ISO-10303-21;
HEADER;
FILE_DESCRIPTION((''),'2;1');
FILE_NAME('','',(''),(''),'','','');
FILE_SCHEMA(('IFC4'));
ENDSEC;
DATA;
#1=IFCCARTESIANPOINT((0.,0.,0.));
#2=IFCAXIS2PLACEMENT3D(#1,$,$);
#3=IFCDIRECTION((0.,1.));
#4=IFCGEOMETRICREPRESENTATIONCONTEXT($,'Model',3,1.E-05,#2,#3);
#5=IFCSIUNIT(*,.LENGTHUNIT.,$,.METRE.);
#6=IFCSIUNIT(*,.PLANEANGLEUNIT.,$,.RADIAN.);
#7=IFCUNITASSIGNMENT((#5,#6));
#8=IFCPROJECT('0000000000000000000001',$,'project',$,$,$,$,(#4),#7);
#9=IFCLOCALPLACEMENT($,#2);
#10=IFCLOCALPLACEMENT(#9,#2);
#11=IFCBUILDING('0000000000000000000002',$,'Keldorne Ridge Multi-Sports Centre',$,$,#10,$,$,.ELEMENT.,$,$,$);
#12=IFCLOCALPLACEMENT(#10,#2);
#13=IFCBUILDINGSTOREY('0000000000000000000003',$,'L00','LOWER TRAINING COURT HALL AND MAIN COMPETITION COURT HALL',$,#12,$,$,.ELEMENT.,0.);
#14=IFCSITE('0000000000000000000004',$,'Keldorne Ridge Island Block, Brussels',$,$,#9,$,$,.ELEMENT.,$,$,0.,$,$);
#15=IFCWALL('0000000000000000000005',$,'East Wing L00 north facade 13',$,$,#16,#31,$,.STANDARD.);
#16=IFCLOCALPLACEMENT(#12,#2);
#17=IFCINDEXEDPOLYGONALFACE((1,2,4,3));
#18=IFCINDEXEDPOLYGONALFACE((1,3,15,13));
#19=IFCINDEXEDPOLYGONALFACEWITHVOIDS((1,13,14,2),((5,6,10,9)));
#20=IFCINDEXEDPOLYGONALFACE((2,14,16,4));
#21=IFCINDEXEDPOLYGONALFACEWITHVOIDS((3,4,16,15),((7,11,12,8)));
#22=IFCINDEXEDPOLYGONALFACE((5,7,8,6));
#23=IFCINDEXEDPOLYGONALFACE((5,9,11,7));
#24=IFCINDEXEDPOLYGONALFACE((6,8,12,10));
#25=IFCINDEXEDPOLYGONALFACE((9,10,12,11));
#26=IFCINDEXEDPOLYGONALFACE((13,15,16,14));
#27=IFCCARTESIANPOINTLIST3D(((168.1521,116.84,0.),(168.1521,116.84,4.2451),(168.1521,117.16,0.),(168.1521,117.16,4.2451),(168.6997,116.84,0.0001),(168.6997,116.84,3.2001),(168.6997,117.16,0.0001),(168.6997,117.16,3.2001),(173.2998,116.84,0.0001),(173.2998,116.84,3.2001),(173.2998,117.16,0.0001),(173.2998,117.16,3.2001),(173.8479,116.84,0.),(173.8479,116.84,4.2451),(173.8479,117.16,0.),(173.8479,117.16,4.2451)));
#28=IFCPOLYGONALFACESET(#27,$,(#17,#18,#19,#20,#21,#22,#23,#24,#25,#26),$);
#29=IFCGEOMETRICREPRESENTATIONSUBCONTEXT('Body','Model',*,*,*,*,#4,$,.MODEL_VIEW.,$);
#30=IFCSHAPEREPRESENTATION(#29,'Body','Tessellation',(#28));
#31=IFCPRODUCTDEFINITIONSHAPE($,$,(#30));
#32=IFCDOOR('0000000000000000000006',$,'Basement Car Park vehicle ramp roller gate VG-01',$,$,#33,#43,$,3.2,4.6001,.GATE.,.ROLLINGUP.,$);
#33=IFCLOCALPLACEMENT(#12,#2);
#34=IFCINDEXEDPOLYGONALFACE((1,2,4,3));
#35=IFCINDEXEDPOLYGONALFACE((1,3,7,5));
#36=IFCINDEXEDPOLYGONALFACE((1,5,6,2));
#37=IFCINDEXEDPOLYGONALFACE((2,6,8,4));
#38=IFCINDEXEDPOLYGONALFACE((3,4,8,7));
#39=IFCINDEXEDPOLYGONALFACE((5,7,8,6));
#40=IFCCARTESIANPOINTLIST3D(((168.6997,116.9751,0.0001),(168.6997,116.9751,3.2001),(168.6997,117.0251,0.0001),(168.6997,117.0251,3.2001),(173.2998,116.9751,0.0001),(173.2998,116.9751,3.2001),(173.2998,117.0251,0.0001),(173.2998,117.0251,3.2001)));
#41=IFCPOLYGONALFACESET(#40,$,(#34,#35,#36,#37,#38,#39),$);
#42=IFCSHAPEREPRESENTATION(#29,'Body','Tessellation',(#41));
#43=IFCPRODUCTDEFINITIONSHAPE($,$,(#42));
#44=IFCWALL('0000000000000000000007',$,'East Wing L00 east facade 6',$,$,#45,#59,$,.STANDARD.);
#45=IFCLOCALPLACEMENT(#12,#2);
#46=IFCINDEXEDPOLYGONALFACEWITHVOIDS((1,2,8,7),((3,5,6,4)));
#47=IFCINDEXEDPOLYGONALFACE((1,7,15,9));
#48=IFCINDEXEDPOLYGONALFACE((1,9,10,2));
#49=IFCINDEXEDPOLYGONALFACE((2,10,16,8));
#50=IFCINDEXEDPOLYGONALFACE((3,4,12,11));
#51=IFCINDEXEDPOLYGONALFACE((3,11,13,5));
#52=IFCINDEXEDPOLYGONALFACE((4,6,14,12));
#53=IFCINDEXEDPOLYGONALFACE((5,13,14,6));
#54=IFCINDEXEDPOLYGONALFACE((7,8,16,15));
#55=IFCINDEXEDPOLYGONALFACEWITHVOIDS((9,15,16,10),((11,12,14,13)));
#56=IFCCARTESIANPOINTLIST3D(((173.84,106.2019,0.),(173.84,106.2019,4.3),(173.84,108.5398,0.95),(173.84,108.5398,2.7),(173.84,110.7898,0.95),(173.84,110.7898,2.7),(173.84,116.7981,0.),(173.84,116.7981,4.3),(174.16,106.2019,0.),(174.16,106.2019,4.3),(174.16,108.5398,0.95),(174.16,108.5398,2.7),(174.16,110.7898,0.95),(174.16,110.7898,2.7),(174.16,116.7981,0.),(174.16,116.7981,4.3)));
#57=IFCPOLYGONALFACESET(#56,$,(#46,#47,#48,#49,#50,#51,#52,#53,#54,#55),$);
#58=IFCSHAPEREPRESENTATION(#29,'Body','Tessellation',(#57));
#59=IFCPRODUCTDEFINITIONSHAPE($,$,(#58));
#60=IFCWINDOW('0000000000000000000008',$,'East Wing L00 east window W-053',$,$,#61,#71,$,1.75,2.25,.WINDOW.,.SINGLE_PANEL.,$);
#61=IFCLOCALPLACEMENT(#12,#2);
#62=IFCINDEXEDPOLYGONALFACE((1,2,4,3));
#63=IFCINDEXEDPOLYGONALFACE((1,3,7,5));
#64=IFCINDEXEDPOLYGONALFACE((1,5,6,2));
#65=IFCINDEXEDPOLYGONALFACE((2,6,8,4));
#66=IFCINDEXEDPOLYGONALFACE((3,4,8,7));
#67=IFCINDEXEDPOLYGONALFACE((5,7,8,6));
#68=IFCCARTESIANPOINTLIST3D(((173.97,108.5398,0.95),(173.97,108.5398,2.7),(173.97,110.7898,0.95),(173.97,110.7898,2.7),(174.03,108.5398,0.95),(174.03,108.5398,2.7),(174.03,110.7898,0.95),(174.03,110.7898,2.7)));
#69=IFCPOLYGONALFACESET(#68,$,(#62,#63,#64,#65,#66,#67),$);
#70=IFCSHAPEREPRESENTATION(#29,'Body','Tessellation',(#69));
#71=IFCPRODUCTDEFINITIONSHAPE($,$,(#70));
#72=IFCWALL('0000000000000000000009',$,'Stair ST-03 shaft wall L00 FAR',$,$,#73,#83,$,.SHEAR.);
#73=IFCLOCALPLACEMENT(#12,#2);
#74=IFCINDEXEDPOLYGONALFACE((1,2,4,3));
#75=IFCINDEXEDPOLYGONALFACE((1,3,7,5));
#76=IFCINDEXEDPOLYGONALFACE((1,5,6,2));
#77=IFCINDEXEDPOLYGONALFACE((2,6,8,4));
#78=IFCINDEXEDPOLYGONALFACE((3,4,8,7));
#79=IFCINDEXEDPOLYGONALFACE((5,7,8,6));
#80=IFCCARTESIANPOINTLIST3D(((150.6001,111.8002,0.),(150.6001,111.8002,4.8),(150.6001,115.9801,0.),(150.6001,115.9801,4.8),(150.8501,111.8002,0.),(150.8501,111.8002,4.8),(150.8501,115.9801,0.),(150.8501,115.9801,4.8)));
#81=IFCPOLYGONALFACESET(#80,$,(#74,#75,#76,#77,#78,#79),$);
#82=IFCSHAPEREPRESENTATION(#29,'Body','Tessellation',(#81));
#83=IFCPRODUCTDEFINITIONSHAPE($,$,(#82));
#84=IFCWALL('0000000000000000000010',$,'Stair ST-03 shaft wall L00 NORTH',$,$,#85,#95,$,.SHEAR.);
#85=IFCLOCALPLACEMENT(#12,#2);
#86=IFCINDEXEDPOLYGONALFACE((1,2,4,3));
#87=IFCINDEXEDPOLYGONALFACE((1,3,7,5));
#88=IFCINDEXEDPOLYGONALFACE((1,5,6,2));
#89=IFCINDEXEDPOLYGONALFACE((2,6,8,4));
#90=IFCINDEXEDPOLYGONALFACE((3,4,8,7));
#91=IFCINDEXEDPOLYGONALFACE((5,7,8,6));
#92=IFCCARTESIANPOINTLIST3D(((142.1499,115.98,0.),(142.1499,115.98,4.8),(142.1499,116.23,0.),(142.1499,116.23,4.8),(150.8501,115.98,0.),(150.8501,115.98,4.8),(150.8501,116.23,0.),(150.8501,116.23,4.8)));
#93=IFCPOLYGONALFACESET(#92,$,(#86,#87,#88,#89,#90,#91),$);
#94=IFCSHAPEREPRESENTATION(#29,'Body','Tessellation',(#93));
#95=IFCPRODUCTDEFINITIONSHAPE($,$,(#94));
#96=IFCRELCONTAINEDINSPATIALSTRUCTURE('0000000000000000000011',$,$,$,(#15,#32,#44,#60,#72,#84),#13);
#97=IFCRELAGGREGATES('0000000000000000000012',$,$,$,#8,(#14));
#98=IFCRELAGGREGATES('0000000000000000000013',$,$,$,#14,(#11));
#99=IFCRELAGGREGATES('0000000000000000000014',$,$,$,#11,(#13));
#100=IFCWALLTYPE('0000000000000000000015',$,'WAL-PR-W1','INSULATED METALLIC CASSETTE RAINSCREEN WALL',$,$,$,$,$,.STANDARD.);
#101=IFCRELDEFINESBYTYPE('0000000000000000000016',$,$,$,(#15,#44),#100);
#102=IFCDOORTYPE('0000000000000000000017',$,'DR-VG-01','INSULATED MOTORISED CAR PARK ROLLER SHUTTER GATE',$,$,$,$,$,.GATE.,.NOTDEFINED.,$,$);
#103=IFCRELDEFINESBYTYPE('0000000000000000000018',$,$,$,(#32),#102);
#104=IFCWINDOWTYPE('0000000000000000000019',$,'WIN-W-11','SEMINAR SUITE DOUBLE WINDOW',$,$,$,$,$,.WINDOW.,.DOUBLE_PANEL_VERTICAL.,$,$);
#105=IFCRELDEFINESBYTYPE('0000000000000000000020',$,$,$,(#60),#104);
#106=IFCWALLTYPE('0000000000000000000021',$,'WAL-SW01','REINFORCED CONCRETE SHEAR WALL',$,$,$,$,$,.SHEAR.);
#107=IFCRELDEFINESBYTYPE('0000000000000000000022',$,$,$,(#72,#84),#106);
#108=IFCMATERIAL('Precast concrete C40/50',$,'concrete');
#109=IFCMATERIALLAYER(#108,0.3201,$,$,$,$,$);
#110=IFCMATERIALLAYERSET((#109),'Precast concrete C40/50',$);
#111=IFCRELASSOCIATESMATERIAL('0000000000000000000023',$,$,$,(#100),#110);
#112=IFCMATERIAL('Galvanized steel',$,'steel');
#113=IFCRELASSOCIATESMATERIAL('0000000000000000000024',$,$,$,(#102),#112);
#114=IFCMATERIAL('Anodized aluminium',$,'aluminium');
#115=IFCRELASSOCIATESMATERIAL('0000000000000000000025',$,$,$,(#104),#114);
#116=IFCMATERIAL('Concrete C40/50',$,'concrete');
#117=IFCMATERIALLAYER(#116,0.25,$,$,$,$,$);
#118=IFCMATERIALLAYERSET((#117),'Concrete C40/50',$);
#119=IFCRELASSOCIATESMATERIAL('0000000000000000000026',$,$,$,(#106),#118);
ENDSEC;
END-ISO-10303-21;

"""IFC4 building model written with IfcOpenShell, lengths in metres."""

from ifc_helpers import new_model, si_unit, direction, frame, frame_2d, origin, place, context, subcontext, project, spatial, rectangle, extrude, material, layer, layer_set, type_object, element, fill, save


model = new_model("IFC4")

# Units and contexts
model_context = context("Model", 3, precision=1e-05, world=origin(), true_north=direction((0.0, 1.0)))
body_context = subcontext(model_context, "Body", "Model", "MODEL_VIEW")
ifc_project = project(units=[si_unit("LENGTHUNIT", "METRE"), si_unit("PLANEANGLEUNIT", "RADIAN")], contexts=[model_context])

# Site, building, storey
site_placement = place(None, origin())
site = spatial("IfcSite", under=ifc_project, at=site_placement, Name="Keldorne Ridge Island Block, Brussels", CompositionType="ELEMENT", RefElevation=0.0)
building_placement = place(site_placement, origin())
building = spatial("IfcBuilding", under=site, at=building_placement, Name="Keldorne Ridge Multi-Sports Centre", CompositionType="ELEMENT")
storey_placement = place(building_placement, origin())
storey = spatial("IfcBuildingStorey", under=building, at=storey_placement, Name="L00", Description="LOWER TRAINING COURT HALL AND MAIN COMPETITION COURT HALL", CompositionType="ELEMENT", Elevation=0.0)

# Shared definitions
ifc_material_1 = material(Name="Precast concrete C40/50", Category="concrete")
ifc_layer_1 = layer(ifc_material_1, 0.3201)
ifc_layer_set_1 = layer_set([ifc_layer_1], Name="Precast concrete C40/50")
wall_type_1 = type_object("IfcWallType", Name="WAL-PR-W1", Description="INSULATED METALLIC CASSETTE RAINSCREEN WALL", PredefinedType="STANDARD", material=ifc_layer_set_1)
ifc_material_2 = material(Name="Anodized aluminium", Category="aluminium")

# Wall, opening, door
wall_1_placement = place(storey_placement, frame((173.8479, 117.0, 0.0), z_axis=(0.0, 0.0, 1.0), x_axis=(-1.0, 0.0, 0.0)))
wall_1 = element("IfcWall", 1, at=wall_1_placement, inside=storey, type_object=wall_type_1, Name="East Wing L00 north facade 13", PredefinedType="STANDARD", context=body_context, shape_type="SweptSolid", body=[
    extrude(rectangle(XDim=5.6958, YDim=0.3201, at=frame_2d((2.8479, 0.0))), origin(), (0.0, 0.0, 1.0), 4.2451),
])
opening_1_placement = place(wall_1_placement, frame((0.5481, 0.0, 0.0)))
opening_1 = element("IfcOpeningElement", 2, at=opening_1_placement, cuts=wall_1, PredefinedType="OPENING", context=body_context, shape_type="SweptSolid", body=[
    extrude(rectangle(XDim=4.6001, YDim=3.2, at=frame_2d((2.3, 1.6001))), frame((0.0, 0.1699, 0.0), z_axis=(0.0, -1.0, 0.0), x_axis=(1.0, 0.0, 0.0)), (0.0, 0.0, 1.0), 0.3401),
])
ifc_material_3 = material(Name="Galvanized steel", Category="steel")
door_type_1 = type_object("IfcDoorType", Name="DR-VG-01", Description="INSULATED MOTORISED CAR PARK ROLLER SHUTTER GATE", OperationType="NOTDEFINED", PredefinedType="GATE", material=ifc_material_3)
door_1_placement = place(opening_1_placement, origin())
door_1 = element("IfcDoor", 3, at=door_1_placement, inside=storey, type_object=door_type_1, Name="Basement Car Park vehicle ramp roller gate VG-01", OperationType="ROLLINGUP", OverallHeight=3.2, OverallWidth=4.6001, PredefinedType="GATE", context=body_context, shape_type="SweptSolid", body=[
    extrude(rectangle(XDim=4.6001, YDim=3.2, at=frame_2d((2.3, 1.6001))), frame((0.0, 0.0249, 0.0), z_axis=(0.0, -1.0, 0.0), x_axis=(1.0, 0.0, 0.0)), (0.0, 0.0, 1.0), 0.05),
])
fill(opening_1, door_1)

# Wall, opening, window
wall_2_placement = place(storey_placement, frame((174.0, 106.2019, 0.0), z_axis=(0.0, 0.0, 1.0), x_axis=(0.0, 1.0, 0.0)))
wall_2 = element("IfcWall", 4, at=wall_2_placement, inside=storey, type_object=wall_type_1, Name="East Wing L00 east facade 6", PredefinedType="STANDARD", context=body_context, shape_type="SweptSolid", body=[
    extrude(rectangle(XDim=10.5962, YDim=0.3201, at=frame_2d((5.2981, 0.0))), origin(), (0.0, 0.0, 1.0), 4.3),
])
opening_2_placement = place(wall_2_placement, frame((2.3379, 0.0, 0.95)))
opening_2 = element("IfcOpeningElement", 5, at=opening_2_placement, cuts=wall_2, PredefinedType="OPENING", context=body_context, shape_type="SweptSolid", body=[
    extrude(rectangle(XDim=2.25, YDim=1.75, at=frame_2d((1.125, 0.875))), frame((0.0, 0.1699, 0.0), z_axis=(0.0, -1.0, 0.0), x_axis=(1.0, 0.0, 0.0)), (0.0, 0.0, 1.0), 0.3401),
])
window_type_1 = type_object("IfcWindowType", Name="WIN-W-11", Description="SEMINAR SUITE DOUBLE WINDOW", PartitioningType="DOUBLE_PANEL_VERTICAL", PredefinedType="WINDOW", material=ifc_material_2)
window_1_placement = place(opening_2_placement, origin())
window_1 = element("IfcWindow", 6, at=window_1_placement, inside=storey, type_object=window_type_1, Name="East Wing L00 east window W-053", OverallHeight=1.75, OverallWidth=2.25, PartitioningType="SINGLE_PANEL", PredefinedType="WINDOW", context=body_context, shape_type="SweptSolid", body=[
    extrude(rectangle(XDim=2.25, YDim=1.75, at=frame_2d((1.125, 0.875))), frame((0.0, 0.03, 0.0), z_axis=(0.0, -1.0, 0.0), x_axis=(1.0, 0.0, 0.0)), (0.0, 0.0, 1.0), 0.0601),
])
fill(opening_2, window_1)

# Walls
ifc_material_4 = material(Name="Concrete C40/50", Category="concrete")
ifc_layer_2 = layer(ifc_material_4, 0.25)
ifc_layer_set_2 = layer_set([ifc_layer_2], Name="Concrete C40/50")
wall_type_2 = type_object("IfcWallType", Name="WAL-SW01", Description="REINFORCED CONCRETE SHEAR WALL", PredefinedType="SHEAR", material=ifc_layer_set_2)
wall_3_placement = place(storey_placement, frame((150.7251, 115.98, 0.0), z_axis=(0.0, 0.0, 1.0), x_axis=(0.0, -1.0, 0.0)))
element("IfcWall", 7, at=wall_3_placement, inside=storey, type_object=wall_type_2, Name="Stair ST-03 shaft wall L00 FAR", PredefinedType="SHEAR", context=body_context, shape_type="SweptSolid", body=[
    extrude(rectangle(XDim=4.1799, YDim=0.25, at=frame_2d((2.0898, 0.0))), origin(), (0.0, 0.0, 1.0), 4.8),
])
wall_4_placement = place(storey_placement, frame((150.8501, 116.105, 0.0), z_axis=(0.0, 0.0, 1.0), x_axis=(-1.0, 0.0, 0.0)))
element("IfcWall", 8, at=wall_4_placement, inside=storey, type_object=wall_type_2, Name="Stair ST-03 shaft wall L00 NORTH", PredefinedType="SHEAR", context=body_context, shape_type="SweptSolid", body=[
    extrude(rectangle(XDim=8.7002, YDim=0.25, at=frame_2d((4.3501, 0.0))), origin(), (0.0, 0.0, 1.0), 4.8),
])

save(model, "model.ifc")
